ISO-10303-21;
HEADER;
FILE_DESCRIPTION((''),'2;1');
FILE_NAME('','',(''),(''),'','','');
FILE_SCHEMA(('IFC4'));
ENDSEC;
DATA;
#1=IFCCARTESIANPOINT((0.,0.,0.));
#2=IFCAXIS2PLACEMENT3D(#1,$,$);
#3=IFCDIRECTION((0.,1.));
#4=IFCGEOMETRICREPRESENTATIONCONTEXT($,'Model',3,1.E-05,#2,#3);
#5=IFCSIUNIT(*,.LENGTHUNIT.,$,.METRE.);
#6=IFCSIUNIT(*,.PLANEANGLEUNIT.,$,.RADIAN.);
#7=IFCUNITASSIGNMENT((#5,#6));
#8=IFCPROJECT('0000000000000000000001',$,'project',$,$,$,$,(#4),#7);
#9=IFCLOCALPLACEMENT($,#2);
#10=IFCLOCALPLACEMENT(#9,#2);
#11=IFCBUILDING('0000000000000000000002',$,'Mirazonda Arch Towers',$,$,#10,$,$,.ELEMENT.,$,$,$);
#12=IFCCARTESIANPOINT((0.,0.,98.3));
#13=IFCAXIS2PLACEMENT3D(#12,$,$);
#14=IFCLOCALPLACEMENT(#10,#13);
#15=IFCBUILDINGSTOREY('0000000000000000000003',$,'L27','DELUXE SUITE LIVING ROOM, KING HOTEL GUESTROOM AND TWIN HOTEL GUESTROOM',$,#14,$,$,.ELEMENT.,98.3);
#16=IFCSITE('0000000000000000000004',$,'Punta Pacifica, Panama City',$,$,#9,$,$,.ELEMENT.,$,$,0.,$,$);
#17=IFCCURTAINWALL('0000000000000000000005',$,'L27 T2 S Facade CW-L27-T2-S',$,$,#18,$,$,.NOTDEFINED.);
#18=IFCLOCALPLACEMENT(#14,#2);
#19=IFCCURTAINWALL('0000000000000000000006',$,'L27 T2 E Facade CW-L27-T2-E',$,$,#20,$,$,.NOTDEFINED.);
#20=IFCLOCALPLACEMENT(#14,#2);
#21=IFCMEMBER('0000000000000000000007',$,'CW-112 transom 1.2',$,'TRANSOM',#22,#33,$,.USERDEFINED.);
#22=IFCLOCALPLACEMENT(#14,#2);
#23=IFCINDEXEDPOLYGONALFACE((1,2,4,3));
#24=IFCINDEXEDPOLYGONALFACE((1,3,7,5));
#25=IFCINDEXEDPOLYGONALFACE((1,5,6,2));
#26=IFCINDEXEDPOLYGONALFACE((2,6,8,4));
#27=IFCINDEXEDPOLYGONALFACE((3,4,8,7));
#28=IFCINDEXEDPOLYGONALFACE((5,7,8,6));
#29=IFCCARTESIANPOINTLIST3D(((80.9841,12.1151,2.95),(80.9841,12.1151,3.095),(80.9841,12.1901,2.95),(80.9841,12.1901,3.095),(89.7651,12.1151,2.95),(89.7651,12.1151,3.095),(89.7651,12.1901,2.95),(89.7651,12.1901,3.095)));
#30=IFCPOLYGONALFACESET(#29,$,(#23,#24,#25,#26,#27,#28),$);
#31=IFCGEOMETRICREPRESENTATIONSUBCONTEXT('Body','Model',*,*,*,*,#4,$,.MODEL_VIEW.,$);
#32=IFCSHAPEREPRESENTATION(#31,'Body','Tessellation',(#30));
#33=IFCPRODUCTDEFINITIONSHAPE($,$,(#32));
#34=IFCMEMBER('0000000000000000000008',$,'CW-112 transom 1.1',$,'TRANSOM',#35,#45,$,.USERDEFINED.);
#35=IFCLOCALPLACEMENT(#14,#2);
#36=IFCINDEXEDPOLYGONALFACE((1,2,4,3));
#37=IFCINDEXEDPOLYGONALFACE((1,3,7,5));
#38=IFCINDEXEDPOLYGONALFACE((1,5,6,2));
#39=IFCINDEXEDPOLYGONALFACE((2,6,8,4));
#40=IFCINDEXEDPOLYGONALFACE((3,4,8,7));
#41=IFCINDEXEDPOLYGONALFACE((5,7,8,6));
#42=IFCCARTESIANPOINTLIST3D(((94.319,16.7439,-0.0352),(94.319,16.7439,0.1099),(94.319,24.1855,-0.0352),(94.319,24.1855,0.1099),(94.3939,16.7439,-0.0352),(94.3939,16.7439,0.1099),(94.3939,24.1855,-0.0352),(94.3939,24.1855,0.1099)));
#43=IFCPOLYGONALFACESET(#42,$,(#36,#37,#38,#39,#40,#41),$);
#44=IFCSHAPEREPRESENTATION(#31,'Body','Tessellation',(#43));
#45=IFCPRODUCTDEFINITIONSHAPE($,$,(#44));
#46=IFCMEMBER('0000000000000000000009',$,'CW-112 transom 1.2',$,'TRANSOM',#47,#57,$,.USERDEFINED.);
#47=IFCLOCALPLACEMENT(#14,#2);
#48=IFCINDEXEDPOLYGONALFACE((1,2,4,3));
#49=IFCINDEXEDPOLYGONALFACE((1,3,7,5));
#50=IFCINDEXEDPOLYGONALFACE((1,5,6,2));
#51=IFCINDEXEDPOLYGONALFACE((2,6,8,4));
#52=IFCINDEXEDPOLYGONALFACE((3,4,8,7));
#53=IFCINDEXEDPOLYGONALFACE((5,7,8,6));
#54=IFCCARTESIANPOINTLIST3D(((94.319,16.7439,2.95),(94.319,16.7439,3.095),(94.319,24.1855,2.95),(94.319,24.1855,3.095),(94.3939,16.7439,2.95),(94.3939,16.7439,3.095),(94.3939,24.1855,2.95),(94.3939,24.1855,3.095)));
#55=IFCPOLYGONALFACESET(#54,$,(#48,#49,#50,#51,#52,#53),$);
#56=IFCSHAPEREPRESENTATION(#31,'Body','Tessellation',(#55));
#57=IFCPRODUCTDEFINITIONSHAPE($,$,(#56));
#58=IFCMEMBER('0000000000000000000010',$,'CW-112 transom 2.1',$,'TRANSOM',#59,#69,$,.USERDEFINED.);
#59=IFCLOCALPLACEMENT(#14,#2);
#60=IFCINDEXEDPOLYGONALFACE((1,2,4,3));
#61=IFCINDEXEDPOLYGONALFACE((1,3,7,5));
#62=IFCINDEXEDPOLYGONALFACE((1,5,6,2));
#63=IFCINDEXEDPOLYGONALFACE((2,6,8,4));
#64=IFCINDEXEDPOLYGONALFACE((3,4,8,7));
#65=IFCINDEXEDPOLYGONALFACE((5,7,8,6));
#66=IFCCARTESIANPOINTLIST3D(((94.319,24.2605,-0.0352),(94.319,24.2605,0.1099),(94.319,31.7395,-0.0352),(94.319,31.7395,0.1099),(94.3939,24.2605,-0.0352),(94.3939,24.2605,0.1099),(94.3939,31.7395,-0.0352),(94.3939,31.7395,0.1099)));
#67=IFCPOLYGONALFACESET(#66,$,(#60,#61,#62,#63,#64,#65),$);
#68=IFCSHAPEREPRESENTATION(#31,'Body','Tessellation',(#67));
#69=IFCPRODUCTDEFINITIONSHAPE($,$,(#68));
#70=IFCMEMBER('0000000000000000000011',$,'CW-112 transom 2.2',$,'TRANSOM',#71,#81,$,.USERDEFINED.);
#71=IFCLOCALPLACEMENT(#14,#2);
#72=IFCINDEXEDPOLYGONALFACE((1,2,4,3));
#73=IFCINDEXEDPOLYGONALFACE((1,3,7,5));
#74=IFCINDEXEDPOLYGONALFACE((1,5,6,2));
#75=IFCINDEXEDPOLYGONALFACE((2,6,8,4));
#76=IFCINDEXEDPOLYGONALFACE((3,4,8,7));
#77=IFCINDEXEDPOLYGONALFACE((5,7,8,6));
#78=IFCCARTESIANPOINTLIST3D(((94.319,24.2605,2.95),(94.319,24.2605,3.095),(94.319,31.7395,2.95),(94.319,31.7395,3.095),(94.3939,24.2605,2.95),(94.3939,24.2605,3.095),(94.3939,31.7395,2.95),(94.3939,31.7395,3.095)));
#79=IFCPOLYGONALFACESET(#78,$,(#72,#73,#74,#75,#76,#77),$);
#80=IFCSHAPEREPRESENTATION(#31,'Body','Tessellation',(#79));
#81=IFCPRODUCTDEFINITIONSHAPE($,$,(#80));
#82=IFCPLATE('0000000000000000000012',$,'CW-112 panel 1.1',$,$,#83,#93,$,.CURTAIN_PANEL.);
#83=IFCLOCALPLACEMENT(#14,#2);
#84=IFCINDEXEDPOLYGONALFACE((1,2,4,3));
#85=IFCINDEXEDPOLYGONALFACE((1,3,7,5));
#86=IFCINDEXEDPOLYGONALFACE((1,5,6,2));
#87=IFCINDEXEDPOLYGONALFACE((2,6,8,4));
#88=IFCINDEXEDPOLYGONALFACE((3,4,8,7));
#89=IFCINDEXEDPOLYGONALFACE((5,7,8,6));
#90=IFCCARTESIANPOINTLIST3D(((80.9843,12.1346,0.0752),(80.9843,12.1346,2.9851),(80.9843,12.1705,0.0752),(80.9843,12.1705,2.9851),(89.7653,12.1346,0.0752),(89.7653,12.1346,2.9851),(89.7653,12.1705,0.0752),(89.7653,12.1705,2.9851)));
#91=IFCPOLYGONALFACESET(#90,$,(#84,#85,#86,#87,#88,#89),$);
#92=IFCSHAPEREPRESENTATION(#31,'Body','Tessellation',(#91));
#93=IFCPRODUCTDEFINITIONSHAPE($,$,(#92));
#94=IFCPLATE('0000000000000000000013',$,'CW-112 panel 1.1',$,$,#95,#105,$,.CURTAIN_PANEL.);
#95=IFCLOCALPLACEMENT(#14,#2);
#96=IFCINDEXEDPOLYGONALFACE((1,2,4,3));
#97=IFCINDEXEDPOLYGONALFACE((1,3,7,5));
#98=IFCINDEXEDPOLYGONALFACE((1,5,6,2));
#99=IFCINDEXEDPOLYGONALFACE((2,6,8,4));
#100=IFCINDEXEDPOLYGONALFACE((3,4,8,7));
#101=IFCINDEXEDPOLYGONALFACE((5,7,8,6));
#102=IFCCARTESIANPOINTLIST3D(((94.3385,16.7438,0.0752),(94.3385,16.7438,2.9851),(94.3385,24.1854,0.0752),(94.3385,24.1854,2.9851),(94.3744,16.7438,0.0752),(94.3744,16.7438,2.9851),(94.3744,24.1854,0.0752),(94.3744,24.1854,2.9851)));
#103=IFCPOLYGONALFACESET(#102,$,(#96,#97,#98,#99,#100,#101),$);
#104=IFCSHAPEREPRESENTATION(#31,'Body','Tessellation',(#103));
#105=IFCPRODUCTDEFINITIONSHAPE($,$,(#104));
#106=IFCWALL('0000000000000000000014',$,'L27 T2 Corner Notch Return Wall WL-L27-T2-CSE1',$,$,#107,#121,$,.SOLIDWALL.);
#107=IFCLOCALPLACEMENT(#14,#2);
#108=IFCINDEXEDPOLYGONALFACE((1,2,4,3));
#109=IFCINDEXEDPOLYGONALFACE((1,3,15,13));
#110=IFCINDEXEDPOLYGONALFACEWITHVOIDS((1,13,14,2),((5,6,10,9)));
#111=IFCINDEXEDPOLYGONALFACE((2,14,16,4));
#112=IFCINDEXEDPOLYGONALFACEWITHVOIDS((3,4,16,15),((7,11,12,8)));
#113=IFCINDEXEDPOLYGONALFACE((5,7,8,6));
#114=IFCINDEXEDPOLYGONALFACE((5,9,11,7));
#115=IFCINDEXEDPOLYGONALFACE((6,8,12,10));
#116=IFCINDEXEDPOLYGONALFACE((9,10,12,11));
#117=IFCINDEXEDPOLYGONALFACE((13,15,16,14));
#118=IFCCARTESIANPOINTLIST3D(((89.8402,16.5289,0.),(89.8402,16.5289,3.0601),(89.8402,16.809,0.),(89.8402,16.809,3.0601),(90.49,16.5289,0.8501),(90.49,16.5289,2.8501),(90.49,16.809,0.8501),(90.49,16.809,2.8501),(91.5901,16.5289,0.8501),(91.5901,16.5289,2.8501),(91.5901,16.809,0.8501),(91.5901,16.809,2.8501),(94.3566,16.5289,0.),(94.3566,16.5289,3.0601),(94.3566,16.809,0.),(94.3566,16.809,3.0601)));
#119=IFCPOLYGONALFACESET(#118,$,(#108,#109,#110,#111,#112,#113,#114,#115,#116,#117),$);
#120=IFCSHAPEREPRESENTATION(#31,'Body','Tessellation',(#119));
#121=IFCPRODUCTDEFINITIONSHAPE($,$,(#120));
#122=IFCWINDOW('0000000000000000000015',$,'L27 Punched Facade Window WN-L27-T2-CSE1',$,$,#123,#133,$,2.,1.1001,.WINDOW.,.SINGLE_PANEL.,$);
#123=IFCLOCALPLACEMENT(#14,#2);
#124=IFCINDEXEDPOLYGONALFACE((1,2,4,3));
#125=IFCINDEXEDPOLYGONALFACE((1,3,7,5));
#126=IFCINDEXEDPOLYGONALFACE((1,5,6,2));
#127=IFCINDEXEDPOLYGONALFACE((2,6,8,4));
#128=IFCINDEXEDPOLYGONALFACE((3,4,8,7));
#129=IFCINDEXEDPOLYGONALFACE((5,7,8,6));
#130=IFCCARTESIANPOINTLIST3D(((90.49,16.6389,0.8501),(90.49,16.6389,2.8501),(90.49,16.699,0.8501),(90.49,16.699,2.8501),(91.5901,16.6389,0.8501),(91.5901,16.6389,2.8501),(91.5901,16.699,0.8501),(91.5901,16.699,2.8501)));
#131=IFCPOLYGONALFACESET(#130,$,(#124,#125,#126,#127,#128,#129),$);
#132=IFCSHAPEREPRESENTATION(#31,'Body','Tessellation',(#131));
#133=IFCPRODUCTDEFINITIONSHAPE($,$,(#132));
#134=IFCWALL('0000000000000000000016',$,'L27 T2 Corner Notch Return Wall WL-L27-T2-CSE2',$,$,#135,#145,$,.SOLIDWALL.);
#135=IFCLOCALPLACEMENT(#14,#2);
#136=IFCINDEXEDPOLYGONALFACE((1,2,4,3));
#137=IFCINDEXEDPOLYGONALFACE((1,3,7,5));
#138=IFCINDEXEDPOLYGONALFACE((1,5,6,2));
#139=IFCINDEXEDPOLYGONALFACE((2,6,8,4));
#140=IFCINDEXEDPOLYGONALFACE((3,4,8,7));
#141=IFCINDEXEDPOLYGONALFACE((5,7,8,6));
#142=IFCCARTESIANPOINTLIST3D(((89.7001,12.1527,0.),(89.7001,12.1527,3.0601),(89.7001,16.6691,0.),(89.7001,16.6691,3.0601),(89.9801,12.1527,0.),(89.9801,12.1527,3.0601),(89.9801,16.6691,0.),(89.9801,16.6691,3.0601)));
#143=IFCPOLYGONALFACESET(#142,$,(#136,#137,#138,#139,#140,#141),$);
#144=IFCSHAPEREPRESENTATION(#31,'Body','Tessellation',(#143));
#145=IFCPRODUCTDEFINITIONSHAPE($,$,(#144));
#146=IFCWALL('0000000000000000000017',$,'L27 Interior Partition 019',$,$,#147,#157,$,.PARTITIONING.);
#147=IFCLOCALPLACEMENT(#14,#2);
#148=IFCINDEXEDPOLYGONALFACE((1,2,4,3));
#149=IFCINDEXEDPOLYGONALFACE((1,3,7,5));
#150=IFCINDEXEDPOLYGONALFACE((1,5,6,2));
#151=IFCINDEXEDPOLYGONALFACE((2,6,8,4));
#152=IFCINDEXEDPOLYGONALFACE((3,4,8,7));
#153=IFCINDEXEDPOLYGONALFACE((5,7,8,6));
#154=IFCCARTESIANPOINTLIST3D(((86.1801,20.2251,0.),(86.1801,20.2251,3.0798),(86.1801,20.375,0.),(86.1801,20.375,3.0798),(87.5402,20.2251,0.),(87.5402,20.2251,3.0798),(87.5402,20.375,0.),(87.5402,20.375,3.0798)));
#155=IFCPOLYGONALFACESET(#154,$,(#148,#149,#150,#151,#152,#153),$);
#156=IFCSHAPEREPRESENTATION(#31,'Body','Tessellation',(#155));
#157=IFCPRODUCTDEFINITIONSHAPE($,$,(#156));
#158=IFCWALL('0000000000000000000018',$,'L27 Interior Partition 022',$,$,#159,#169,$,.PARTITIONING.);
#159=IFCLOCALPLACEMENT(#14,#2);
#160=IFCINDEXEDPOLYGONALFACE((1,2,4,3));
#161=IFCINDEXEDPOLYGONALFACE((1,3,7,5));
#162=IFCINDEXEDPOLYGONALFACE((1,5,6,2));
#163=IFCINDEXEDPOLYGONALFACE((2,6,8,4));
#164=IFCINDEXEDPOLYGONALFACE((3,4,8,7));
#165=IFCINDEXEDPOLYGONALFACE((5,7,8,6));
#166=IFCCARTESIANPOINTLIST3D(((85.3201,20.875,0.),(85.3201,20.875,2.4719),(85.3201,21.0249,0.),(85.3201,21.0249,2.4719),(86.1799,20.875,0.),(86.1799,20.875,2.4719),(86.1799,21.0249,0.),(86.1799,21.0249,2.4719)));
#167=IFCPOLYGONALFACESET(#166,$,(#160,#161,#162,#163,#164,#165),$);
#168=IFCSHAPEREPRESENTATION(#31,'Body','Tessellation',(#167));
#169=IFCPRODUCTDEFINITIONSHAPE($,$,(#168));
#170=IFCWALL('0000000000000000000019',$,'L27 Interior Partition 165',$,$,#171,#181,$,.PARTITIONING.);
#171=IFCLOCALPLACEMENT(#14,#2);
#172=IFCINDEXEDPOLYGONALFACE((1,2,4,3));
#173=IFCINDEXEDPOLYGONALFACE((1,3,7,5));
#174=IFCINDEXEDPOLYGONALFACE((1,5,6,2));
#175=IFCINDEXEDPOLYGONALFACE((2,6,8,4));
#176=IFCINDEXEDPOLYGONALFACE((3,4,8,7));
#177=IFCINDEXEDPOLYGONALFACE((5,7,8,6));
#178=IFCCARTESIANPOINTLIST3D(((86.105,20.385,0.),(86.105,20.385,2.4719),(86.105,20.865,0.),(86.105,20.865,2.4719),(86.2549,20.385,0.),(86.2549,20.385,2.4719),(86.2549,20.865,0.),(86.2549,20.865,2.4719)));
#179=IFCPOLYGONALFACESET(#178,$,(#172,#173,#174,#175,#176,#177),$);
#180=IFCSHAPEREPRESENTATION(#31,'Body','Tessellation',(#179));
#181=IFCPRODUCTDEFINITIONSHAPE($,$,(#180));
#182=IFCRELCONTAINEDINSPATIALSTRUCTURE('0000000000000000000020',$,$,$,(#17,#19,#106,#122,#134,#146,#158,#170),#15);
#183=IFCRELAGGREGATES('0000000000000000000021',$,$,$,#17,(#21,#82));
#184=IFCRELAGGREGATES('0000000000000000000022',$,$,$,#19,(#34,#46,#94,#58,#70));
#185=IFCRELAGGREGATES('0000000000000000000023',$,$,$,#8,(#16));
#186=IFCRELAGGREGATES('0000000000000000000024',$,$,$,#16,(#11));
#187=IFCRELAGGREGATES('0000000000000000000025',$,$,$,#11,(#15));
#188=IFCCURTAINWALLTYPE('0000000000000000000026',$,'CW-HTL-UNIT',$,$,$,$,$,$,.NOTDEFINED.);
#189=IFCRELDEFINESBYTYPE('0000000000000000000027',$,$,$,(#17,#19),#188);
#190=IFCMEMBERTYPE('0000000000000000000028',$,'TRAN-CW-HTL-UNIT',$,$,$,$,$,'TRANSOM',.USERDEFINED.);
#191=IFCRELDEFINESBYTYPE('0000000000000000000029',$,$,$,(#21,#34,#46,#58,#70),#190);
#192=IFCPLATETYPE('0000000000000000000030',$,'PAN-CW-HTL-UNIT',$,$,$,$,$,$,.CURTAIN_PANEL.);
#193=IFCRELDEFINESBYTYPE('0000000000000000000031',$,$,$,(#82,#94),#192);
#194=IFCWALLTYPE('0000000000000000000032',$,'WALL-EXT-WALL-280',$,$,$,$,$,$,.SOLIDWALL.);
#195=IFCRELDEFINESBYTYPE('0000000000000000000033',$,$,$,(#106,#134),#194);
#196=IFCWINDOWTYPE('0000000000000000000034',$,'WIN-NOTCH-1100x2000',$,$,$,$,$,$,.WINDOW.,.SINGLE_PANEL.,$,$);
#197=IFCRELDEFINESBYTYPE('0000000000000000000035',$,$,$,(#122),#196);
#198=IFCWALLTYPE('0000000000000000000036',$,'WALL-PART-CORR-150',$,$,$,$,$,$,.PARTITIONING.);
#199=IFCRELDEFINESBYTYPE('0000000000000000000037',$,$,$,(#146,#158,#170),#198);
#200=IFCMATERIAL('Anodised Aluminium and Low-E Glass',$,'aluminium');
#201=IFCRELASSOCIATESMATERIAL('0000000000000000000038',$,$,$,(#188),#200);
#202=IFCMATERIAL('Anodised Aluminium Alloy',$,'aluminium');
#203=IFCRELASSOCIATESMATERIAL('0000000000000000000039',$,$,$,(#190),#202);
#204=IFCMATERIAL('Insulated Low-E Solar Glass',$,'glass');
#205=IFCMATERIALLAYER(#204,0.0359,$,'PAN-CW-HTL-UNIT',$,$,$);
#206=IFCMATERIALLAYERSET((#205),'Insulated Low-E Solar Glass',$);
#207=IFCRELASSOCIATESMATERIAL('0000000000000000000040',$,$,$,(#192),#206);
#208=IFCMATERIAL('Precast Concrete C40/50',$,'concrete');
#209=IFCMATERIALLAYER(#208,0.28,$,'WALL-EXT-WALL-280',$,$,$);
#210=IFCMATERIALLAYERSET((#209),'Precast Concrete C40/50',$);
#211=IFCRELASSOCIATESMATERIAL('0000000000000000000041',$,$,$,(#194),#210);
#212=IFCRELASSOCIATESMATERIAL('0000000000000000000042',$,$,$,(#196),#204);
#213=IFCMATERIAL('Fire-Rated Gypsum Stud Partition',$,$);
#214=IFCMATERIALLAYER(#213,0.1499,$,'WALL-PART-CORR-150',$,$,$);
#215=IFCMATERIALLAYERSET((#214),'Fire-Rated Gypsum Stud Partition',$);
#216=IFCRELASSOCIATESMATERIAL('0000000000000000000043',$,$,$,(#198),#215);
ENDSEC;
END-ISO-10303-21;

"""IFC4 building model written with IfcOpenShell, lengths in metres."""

from ifc_helpers import new_model, si_unit, direction, frame, frame_2d, origin, origin_2d, place, context, subcontext, project, spatial, rectangle, extrude, material, layer, layer_set, material_profile, profile_set, type_object, element, fill, aggregate, save


model = new_model("IFC4")

# Units and contexts
model_context = context("Model", 3, precision=1e-05, world=origin(), true_north=direction((0.0, 1.0)))
body_context = subcontext(model_context, "Body", "Model", "MODEL_VIEW")
ifc_project = project(units=[si_unit("LENGTHUNIT", "METRE"), si_unit("PLANEANGLEUNIT", "RADIAN")], contexts=[model_context])

# Site, building, storey
site_placement = place(None, origin())
site = spatial("IfcSite", under=ifc_project, at=site_placement, Name="Punta Pacifica, Panama City", CompositionType="ELEMENT", RefElevation=0.0)
building_placement = place(site_placement, origin())
building = spatial("IfcBuilding", under=site, at=building_placement, Name="Mirazonda Arch Towers", CompositionType="ELEMENT")
storey_placement = place(building_placement, frame((0.0, 0.0, 98.3)))
storey = spatial("IfcBuildingStorey", under=building, at=storey_placement, Name="L27", Description="DELUXE SUITE LIVING ROOM, KING HOTEL GUESTROOM AND TWIN HOTEL GUESTROOM", CompositionType="ELEMENT", Elevation=98.3)

# Curtain wall
ifc_material_1 = material(Name="Anodised Aluminium and Low-E Glass", Category="aluminium")
curtain_wall_type = type_object("IfcCurtainWallType", Name="CW-HTL-UNIT", PredefinedType="NOTDEFINED", material=ifc_material_1)
curtain_wall_1_placement = place(storey_placement, origin())
curtain_wall_1 = element("IfcCurtainWall", 1, at=curtain_wall_1_placement, inside=storey, type_object=curtain_wall_type, Name="L27 T2 S Facade CW-L27-T2-S", PredefinedType="NOTDEFINED")
ifc_material_2 = material(Name="Anodised Aluminium Alloy", Category="aluminium")

# Curtain wall
curtain_wall_2_placement = place(storey_placement, origin())
curtain_wall_2 = element("IfcCurtainWall", 2, at=curtain_wall_2_placement, inside=storey, type_object=curtain_wall_type, Name="L27 T2 E Facade CW-L27-T2-E", PredefinedType="NOTDEFINED")

# Members
ifc_material_profile_1 = material_profile(ifc_material_2, rectangle(XDim=0.075, YDim=0.145, at=origin_2d()), Name="ALU-TRAN-75x145")
ifc_profile_set_1 = profile_set([ifc_material_profile_1], Name="Anodised Aluminium Alloy")
member_type_1 = type_object("IfcMemberType", Name="TRAN-CW-HTL-UNIT", ElementType="TRANSOM", PredefinedType="USERDEFINED", material=ifc_profile_set_1)
member_1_placement = place(storey_placement, frame((89.7651, 12.1526, 3.0225), z_axis=(-1.0, 0.0, 0.0), x_axis=(0.0, -1.0, 0.0)))
member_1 = element("IfcMember", 3, at=member_1_placement, type_object=member_type_1, Name="CW-112 transom 1.2", ObjectType="TRANSOM", PredefinedType="USERDEFINED", context=body_context, shape_type="SweptSolid", body=[
    extrude(rectangle(XDim=0.075, YDim=0.145, at=origin_2d()), origin(), (0.0, 0.0, 1.0), 8.781),
])
member_2_placement = place(storey_placement, frame((94.3564, 16.7439, 0.0374), z_axis=(0.0, 1.0, 0.0), x_axis=(-1.0, 0.0, 0.0)))
member_2 = element("IfcMember", 4, at=member_2_placement, type_object=member_type_1, Name="CW-112 transom 1.1", ObjectType="TRANSOM", PredefinedType="USERDEFINED", context=body_context, shape_type="SweptSolid", body=[
    extrude(rectangle(XDim=0.075, YDim=0.145, at=origin_2d()), origin(), (0.0, 0.0, 1.0), 7.4417),
])
member_3_placement = place(storey_placement, frame((94.3564, 16.7439, 3.0225), z_axis=(0.0, 1.0, 0.0), x_axis=(-1.0, 0.0, 0.0)))
member_3 = element("IfcMember", 5, at=member_3_placement, type_object=member_type_1, Name="CW-112 transom 1.2", ObjectType="TRANSOM", PredefinedType="USERDEFINED", context=body_context, shape_type="SweptSolid", body=[
    extrude(rectangle(XDim=0.075, YDim=0.145, at=origin_2d()), origin(), (0.0, 0.0, 1.0), 7.4417),
])
member_4_placement = place(storey_placement, frame((94.3564, 24.2605, 0.0374), z_axis=(0.0, 1.0, 0.0), x_axis=(-1.0, 0.0, 0.0)))
member_4 = element("IfcMember", 6, at=member_4_placement, type_object=member_type_1, Name="CW-112 transom 2.1", ObjectType="TRANSOM", PredefinedType="USERDEFINED", context=body_context, shape_type="SweptSolid", body=[
    extrude(rectangle(XDim=0.075, YDim=0.145, at=origin_2d()), origin(), (0.0, 0.0, 1.0), 7.479),
])
member_5_placement = place(storey_placement, frame((94.3564, 24.2605, 3.0225), z_axis=(0.0, 1.0, 0.0), x_axis=(-1.0, 0.0, 0.0)))
member_5 = element("IfcMember", 7, at=member_5_placement, type_object=member_type_1, Name="CW-112 transom 2.2", ObjectType="TRANSOM", PredefinedType="USERDEFINED", context=body_context, shape_type="SweptSolid", body=[
    extrude(rectangle(XDim=0.075, YDim=0.145, at=origin_2d()), origin(), (0.0, 0.0, 1.0), 7.479),
])

# Plates
ifc_material_3 = material(Name="Insulated Low-E Solar Glass", Category="glass")
ifc_layer_1 = layer(ifc_material_3, 0.0359, Name="PAN-CW-HTL-UNIT")
ifc_layer_set_1 = layer_set([ifc_layer_1], Name="Insulated Low-E Solar Glass")
plate_type = type_object("IfcPlateType", Name="PAN-CW-HTL-UNIT", PredefinedType="CURTAIN_PANEL", material=ifc_layer_set_1)
plate_1_placement = place(storey_placement, frame((85.3748, 12.1526, 0.0752), z_axis=(0.0, 0.0, 1.0), x_axis=(-1.0, 0.0, 0.0)))
plate_1 = element("IfcPlate", 8, at=plate_1_placement, type_object=plate_type, Name="CW-112 panel 1.1", PredefinedType="CURTAIN_PANEL", context=body_context, shape_type="SweptSolid", body=[
    extrude(rectangle(XDim=8.781, YDim=0.0359, at=origin_2d()), origin(), (0.0, 0.0, 1.0), 2.9099),
])
aggregate(curtain_wall_1, [member_1, plate_1])
plate_2_placement = place(storey_placement, frame((94.3564, 20.4646, 0.0752), z_axis=(0.0, 0.0, 1.0), x_axis=(0.0, 1.0, 0.0)))
plate_2 = element("IfcPlate", 9, at=plate_2_placement, type_object=plate_type, Name="CW-112 panel 1.1", PredefinedType="CURTAIN_PANEL", context=body_context, shape_type="SweptSolid", body=[
    extrude(rectangle(XDim=7.4417, YDim=0.0359, at=origin_2d()), origin(), (0.0, 0.0, 1.0), 2.9099),
])
aggregate(curtain_wall_2, [member_2, member_3, plate_2, member_4, member_5])

# Wall, opening, window
ifc_material_4 = material(Name="Precast Concrete C40/50", Category="concrete")
ifc_layer_2 = layer(ifc_material_4, 0.28, Name="WALL-EXT-WALL-280")
ifc_layer_set_2 = layer_set([ifc_layer_2], Name="Precast Concrete C40/50")
wall_type_1 = type_object("IfcWallType", Name="WALL-EXT-WALL-280", PredefinedType="SOLIDWALL", material=ifc_layer_set_2)
wall_1_placement = place(storey_placement, frame((89.8401, 16.6689, 0.0), z_axis=(0.0, 0.0, 1.0), x_axis=(1.0, 0.0, 0.0)))
wall_1 = element("IfcWall", 10, at=wall_1_placement, inside=storey, type_object=wall_type_1, Name="L27 T2 Corner Notch Return Wall WL-L27-T2-CSE1", PredefinedType="SOLIDWALL", context=body_context, shape_type="SweptSolid", body=[
    extrude(rectangle(XDim=4.5164, YDim=0.28, at=frame_2d((2.2583, 0.0))), origin(), (0.0, 0.0, 1.0), 3.0601),
])
opening_1_placement = place(wall_1_placement, frame((0.6499, 0.0, 0.8501)))
opening_1 = element("IfcOpeningElement", 11, at=opening_1_placement, cuts=wall_1, PredefinedType="OPENING", context=body_context, shape_type="SweptSolid", body=[
    extrude(rectangle(XDim=1.1001, YDim=2.0, at=frame_2d((0.55, 1.0))), frame((0.0, 0.1499, 0.0), z_axis=(0.0, -1.0, 0.0), x_axis=(1.0, 0.0, 0.0)), (0.0, 0.0, 1.0), 0.3),
])
window_type = type_object("IfcWindowType", Name="WIN-NOTCH-1100x2000", PartitioningType="SINGLE_PANEL", PredefinedType="WINDOW", material=ifc_material_3)
window_placement = place(opening_1_placement, origin())
window = element("IfcWindow", 12, at=window_placement, inside=storey, type_object=window_type, Name="L27 Punched Facade Window WN-L27-T2-CSE1", OverallHeight=2.0, OverallWidth=1.1001, PartitioningType="SINGLE_PANEL", PredefinedType="WINDOW", context=body_context, shape_type="SweptSolid", body=[
    extrude(rectangle(XDim=1.1001, YDim=2.0, at=frame_2d((0.55, 1.0))), frame((0.0, 0.03, 0.0), z_axis=(0.0, -1.0, 0.0), x_axis=(1.0, 0.0, 0.0)), (0.0, 0.0, 1.0), 0.0601),
])
fill(opening_1, window)

# Walls
wall_2_placement = place(storey_placement, frame((89.8401, 12.1526, 0.0), z_axis=(0.0, 0.0, 1.0), x_axis=(0.0, 1.0, 0.0)))
element("IfcWall", 13, at=wall_2_placement, inside=storey, type_object=wall_type_1, Name="L27 T2 Corner Notch Return Wall WL-L27-T2-CSE2", PredefinedType="SOLIDWALL", context=body_context, shape_type="SweptSolid", body=[
    extrude(rectangle(XDim=4.5164, YDim=0.28, at=frame_2d((2.2583, 0.0))), origin(), (0.0, 0.0, 1.0), 3.0601),
])
ifc_material_5 = material(Name="Fire-Rated Gypsum Stud Partition")
ifc_layer_3 = layer(ifc_material_5, 0.1499, Name="WALL-PART-CORR-150")
ifc_layer_set_3 = layer_set([ifc_layer_3], Name="Fire-Rated Gypsum Stud Partition")
wall_type_2 = type_object("IfcWallType", Name="WALL-PART-CORR-150", PredefinedType="PARTITIONING", material=ifc_layer_set_3)
wall_3_placement = place(storey_placement, frame((86.1799, 20.3, 0.0), z_axis=(0.0, 0.0, 1.0), x_axis=(1.0, 0.0, 0.0)))
element("IfcWall", 14, at=wall_3_placement, inside=storey, type_object=wall_type_2, Name="L27 Interior Partition 019", PredefinedType="PARTITIONING", context=body_context, shape_type="SweptSolid", body=[
    extrude(rectangle(XDim=1.3601, YDim=0.1499, at=frame_2d((0.6802, 0.0))), origin(), (0.0, 0.0, 1.0), 3.0798),
])
wall_4_placement = place(storey_placement, frame((85.3201, 20.95, 0.0), z_axis=(0.0, 0.0, 1.0), x_axis=(1.0, 0.0, 0.0)))
element("IfcWall", 15, at=wall_4_placement, inside=storey, type_object=wall_type_2, Name="L27 Interior Partition 022", PredefinedType="PARTITIONING", context=body_context, shape_type="SweptSolid", body=[
    extrude(rectangle(XDim=0.8599, YDim=0.1499, at=frame_2d((0.4299, 0.0))), origin(), (0.0, 0.0, 1.0), 2.4719),
])
wall_5_placement = place(storey_placement, frame((86.1799, 20.385, 0.0), z_axis=(0.0, 0.0, 1.0), x_axis=(0.0, 1.0, 0.0)))
element("IfcWall", 16, at=wall_5_placement, inside=storey, type_object=wall_type_2, Name="L27 Interior Partition 165", PredefinedType="PARTITIONING", context=body_context, shape_type="SweptSolid", body=[
    extrude(rectangle(XDim=0.48, YDim=0.1499, at=frame_2d((0.24, 0.0))), origin(), (0.0, 0.0, 1.0), 2.4719),
])

save(model, "model.ifc")
